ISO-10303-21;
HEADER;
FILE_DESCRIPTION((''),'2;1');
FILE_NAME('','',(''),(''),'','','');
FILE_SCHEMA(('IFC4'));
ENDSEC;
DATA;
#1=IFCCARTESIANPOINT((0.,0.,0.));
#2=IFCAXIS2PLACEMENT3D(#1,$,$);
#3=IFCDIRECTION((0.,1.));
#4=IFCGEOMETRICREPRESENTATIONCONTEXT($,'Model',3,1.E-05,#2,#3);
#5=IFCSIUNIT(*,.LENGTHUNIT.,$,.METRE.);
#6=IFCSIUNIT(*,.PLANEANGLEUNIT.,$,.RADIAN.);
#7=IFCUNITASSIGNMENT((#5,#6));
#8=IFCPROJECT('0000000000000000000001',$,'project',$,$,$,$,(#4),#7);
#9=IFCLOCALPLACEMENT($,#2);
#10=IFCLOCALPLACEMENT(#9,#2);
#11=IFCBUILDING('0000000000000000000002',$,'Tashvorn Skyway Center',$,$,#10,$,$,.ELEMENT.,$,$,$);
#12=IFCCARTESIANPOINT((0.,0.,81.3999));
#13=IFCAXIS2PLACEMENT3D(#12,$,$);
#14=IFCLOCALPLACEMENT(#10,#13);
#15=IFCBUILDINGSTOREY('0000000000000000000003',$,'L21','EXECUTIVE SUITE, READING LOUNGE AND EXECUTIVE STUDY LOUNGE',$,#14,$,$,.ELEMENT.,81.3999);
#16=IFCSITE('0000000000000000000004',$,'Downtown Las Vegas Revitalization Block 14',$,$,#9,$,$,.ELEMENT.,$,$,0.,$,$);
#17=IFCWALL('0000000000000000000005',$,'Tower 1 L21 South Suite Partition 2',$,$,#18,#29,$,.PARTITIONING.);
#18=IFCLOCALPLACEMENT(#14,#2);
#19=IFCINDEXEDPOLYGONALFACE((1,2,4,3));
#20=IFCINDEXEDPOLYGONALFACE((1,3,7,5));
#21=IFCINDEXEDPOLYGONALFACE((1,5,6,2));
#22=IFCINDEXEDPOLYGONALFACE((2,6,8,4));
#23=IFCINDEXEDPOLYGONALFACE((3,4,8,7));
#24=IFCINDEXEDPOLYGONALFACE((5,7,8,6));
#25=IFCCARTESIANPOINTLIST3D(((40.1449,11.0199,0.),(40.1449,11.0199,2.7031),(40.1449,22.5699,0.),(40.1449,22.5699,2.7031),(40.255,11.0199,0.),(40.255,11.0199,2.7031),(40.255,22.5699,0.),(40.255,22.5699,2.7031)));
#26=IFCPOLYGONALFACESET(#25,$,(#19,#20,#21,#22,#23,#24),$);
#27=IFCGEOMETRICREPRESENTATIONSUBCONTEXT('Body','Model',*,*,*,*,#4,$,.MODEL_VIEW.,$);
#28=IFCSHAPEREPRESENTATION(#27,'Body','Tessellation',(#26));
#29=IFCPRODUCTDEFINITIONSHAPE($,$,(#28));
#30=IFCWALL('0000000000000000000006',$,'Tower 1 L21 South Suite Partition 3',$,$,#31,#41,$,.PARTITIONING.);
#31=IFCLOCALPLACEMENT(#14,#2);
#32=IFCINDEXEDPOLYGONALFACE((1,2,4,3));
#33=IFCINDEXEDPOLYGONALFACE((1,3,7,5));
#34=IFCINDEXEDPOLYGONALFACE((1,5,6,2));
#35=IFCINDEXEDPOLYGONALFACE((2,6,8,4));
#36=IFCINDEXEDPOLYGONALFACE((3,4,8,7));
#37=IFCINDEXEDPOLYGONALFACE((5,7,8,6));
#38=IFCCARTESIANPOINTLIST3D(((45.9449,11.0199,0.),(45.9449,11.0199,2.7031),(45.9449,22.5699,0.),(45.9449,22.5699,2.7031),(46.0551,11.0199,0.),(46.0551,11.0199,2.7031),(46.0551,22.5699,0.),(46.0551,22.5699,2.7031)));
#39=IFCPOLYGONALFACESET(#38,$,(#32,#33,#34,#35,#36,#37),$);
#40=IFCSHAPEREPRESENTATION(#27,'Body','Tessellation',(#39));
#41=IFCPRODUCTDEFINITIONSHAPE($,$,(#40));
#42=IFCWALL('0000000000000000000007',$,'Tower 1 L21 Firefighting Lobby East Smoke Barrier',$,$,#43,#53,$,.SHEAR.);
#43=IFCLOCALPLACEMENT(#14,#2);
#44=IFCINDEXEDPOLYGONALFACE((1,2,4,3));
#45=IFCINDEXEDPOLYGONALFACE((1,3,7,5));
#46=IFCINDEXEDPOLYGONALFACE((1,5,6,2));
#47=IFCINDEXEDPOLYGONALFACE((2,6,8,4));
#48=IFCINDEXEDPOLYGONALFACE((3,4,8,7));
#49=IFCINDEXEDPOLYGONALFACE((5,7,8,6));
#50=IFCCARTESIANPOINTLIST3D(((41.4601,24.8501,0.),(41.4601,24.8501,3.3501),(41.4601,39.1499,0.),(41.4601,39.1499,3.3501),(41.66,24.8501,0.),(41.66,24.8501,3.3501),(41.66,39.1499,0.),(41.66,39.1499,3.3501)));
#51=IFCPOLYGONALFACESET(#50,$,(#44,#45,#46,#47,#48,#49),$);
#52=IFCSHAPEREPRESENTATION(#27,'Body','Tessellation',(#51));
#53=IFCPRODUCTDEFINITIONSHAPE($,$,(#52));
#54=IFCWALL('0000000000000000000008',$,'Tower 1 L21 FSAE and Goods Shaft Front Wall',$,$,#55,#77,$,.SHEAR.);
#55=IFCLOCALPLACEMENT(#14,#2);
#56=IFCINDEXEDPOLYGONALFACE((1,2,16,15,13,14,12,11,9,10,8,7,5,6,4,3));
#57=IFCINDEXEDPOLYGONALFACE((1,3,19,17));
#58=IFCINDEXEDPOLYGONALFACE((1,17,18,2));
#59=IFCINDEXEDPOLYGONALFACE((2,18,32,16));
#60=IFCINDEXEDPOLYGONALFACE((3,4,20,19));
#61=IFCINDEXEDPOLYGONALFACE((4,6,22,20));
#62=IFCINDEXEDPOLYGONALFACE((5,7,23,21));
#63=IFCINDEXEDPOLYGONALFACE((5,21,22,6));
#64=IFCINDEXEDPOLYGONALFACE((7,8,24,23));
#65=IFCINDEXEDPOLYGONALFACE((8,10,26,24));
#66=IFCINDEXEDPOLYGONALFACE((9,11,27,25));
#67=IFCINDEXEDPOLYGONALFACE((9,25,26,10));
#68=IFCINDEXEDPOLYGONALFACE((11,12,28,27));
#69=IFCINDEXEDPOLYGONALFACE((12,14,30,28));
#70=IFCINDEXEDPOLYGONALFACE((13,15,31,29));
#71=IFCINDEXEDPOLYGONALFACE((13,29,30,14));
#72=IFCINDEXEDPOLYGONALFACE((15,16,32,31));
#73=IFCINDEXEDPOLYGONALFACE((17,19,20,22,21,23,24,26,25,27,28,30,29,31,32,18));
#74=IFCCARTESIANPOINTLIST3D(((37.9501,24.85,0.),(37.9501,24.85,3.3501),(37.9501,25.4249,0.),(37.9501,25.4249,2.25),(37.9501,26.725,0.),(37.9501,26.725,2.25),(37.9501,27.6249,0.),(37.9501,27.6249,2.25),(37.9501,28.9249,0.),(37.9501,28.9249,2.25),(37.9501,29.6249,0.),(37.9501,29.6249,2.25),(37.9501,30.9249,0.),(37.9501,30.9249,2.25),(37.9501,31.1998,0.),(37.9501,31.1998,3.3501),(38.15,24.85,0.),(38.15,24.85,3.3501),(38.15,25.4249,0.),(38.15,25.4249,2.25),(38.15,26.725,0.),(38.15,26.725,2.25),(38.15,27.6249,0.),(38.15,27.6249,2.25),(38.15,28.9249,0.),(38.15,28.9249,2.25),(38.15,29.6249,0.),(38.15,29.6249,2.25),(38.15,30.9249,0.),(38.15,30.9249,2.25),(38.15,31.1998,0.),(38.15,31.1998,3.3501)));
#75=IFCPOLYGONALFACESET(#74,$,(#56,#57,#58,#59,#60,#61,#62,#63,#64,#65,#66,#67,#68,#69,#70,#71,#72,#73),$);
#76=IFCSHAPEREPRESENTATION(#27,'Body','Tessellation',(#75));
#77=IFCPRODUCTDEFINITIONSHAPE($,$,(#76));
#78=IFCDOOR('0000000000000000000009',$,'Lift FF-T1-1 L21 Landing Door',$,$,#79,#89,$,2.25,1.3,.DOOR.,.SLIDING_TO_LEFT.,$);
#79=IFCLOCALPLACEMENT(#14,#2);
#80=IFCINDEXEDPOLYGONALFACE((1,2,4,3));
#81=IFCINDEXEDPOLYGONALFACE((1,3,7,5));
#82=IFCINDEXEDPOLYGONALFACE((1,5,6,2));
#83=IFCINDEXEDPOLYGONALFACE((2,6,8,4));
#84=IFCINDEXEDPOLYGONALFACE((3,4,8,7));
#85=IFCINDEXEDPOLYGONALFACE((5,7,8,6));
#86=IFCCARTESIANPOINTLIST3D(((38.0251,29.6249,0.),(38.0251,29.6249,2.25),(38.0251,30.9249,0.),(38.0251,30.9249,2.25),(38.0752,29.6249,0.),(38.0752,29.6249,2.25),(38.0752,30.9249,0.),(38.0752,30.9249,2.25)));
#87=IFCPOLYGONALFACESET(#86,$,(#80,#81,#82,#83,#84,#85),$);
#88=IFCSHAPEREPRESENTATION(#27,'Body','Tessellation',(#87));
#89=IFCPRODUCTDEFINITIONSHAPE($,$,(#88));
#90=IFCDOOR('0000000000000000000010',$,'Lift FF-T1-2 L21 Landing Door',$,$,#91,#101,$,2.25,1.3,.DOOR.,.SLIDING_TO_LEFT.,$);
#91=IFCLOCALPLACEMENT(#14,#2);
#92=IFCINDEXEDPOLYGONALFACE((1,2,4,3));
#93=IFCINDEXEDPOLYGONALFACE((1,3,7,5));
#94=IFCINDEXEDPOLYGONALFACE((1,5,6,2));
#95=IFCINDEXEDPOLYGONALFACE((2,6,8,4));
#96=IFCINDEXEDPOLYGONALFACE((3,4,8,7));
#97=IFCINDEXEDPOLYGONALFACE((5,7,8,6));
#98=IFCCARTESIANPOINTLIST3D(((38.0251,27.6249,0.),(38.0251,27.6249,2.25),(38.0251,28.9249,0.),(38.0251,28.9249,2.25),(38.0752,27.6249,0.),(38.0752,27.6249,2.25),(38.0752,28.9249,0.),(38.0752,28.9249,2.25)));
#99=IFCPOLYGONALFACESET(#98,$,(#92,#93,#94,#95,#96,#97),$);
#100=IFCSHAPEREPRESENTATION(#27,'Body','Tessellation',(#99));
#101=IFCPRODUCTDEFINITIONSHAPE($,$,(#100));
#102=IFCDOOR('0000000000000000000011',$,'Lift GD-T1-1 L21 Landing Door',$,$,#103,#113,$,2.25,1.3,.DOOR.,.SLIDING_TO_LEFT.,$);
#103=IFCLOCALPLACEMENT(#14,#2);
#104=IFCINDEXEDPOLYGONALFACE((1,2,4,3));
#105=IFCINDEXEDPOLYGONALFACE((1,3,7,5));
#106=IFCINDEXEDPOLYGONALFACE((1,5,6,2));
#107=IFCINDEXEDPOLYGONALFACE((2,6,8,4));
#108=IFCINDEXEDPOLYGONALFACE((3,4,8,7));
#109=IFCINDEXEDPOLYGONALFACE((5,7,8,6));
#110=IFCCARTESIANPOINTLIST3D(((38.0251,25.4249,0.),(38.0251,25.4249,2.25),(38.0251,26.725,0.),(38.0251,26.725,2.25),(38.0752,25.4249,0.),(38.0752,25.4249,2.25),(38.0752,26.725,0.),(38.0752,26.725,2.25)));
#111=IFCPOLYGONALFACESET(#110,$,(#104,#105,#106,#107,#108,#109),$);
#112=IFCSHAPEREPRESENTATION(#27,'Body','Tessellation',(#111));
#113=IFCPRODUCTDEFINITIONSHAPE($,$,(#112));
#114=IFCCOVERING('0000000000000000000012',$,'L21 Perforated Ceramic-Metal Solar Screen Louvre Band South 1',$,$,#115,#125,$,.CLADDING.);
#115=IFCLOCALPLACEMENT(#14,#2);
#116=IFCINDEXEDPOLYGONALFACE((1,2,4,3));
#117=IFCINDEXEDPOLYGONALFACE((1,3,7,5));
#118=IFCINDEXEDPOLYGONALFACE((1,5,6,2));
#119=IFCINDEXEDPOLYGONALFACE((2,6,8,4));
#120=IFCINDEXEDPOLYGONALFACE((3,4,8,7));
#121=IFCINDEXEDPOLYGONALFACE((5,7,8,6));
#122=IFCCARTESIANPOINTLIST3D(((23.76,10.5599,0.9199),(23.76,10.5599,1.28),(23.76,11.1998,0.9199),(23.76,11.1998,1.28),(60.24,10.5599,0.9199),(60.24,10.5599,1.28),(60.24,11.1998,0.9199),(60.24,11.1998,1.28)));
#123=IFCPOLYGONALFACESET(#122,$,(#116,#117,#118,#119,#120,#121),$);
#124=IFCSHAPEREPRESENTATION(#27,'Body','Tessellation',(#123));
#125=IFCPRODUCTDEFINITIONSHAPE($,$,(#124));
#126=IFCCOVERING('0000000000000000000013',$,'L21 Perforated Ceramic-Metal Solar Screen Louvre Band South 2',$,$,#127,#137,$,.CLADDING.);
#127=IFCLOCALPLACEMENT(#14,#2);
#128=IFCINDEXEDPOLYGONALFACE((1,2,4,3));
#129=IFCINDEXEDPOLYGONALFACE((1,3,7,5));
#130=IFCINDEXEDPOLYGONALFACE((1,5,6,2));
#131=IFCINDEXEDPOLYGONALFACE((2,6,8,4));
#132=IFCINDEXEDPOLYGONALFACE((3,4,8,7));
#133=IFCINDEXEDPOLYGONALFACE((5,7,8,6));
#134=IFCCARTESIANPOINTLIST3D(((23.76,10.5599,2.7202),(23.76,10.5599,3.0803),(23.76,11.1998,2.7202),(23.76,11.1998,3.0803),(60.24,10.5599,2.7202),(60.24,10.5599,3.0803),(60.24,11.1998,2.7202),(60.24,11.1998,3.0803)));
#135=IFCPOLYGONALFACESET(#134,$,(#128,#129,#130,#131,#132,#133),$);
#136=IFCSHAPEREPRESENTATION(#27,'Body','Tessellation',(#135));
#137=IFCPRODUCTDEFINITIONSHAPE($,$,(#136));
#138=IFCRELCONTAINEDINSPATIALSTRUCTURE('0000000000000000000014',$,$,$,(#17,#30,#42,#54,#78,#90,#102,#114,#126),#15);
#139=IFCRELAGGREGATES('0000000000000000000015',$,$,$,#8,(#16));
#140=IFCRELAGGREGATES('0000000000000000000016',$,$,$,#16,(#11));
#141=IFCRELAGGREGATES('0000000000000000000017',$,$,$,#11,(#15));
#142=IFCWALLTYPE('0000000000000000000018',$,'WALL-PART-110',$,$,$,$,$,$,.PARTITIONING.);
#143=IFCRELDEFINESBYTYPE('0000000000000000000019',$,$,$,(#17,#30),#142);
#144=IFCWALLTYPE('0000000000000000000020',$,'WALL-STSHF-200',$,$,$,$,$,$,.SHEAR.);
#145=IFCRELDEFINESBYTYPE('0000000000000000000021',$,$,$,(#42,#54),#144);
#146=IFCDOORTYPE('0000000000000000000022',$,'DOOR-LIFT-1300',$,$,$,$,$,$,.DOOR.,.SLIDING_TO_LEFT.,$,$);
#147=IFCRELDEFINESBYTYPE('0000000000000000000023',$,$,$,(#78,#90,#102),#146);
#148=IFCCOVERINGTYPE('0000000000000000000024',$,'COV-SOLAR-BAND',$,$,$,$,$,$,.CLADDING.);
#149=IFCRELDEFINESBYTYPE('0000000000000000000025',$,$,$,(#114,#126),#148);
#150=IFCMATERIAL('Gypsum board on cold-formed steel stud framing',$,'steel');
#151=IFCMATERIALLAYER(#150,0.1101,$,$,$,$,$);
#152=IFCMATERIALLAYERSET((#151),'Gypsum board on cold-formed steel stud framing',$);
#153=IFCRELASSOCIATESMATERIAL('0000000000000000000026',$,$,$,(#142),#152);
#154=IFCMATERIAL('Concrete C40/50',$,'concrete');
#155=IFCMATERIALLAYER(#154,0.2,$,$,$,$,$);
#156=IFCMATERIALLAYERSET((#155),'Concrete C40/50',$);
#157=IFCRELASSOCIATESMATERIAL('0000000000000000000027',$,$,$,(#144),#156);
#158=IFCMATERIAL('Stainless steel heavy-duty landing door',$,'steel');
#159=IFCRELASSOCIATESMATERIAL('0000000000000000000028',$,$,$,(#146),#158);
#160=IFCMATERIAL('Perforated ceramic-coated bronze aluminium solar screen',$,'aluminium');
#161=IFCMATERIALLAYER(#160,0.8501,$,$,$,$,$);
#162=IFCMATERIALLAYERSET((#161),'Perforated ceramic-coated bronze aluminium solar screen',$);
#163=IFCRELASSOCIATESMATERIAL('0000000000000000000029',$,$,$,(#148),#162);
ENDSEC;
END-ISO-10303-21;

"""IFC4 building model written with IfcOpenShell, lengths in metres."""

from ifc_helpers import new_model, si_unit, direction, frame, frame_2d, origin, origin_2d, place, context, subcontext, project, spatial, rectangle, extrude, material, layer, layer_set, type_object, element, fill, save


model = new_model("IFC4")

# Units and contexts
model_context = context("Model", 3, precision=1e-05, world=origin(), true_north=direction((0.0, 1.0)))
body_context = subcontext(model_context, "Body", "Model", "MODEL_VIEW")
ifc_project = project(units=[si_unit("LENGTHUNIT", "METRE"), si_unit("PLANEANGLEUNIT", "RADIAN")], contexts=[model_context])

# Site, building, storey
site_placement = place(None, origin())
site = spatial("IfcSite", under=ifc_project, at=site_placement, Name="Downtown Las Vegas Revitalization Block 14", CompositionType="ELEMENT", RefElevation=0.0)
building_placement = place(site_placement, origin())
building = spatial("IfcBuilding", under=site, at=building_placement, Name="Tashvorn Skyway Center", CompositionType="ELEMENT")
storey_placement = place(building_placement, frame((0.0, 0.0, 81.3999)))
storey = spatial("IfcBuildingStorey", under=building, at=storey_placement, Name="L21", Description="EXECUTIVE SUITE, READING LOUNGE AND EXECUTIVE STUDY LOUNGE", CompositionType="ELEMENT", Elevation=81.3999)

# Walls
ifc_material_1 = material(Name="Gypsum board on cold-formed steel stud framing", Category="steel")
ifc_layer_1 = layer(ifc_material_1, 0.1101)
ifc_layer_set_1 = layer_set([ifc_layer_1], Name="Gypsum board on cold-formed steel stud framing")
wall_type_1 = type_object("IfcWallType", Name="WALL-PART-110", PredefinedType="PARTITIONING", material=ifc_layer_set_1)
for number, where, z_axis, x_axis, name in (
    (1, (40.2, 11.02, 0.0), (0.0, 0.0, 1.0), (0.0, 1.0, 0.0), "Tower 1 L21 South Suite Partition 2"),
    (2, (46.0, 11.02, 0.0), (0.0, 0.0, 1.0), (0.0, 1.0, 0.0), "Tower 1 L21 South Suite Partition 3"),
):
    element("IfcWall", number, at=place(storey_placement, frame(where, z_axis=z_axis, x_axis=x_axis)), inside=storey, type_object=wall_type_1, Name=name, PredefinedType="PARTITIONING", context=body_context, shape_type="SweptSolid", body=[
        extrude(rectangle(XDim=11.55, YDim=0.1101, at=frame_2d((5.7749, 0.0))), origin(), (0.0, 0.0, 1.0), 2.7031),
    ])
ifc_material_2 = material(Name="Concrete C40/50", Category="concrete")
ifc_layer_2 = layer(ifc_material_2, 0.2)
ifc_layer_set_2 = layer_set([ifc_layer_2], Name="Concrete C40/50")
wall_type_2 = type_object("IfcWallType", Name="WALL-STSHF-200", PredefinedType="SHEAR", material=ifc_layer_set_2)
wall_1_placement = place(storey_placement, frame((41.5601, 24.8501, 0.0), z_axis=(0.0, 0.0, 1.0), x_axis=(0.0, 1.0, 0.0)))
element("IfcWall", 3, at=wall_1_placement, inside=storey, type_object=wall_type_2, Name="Tower 1 L21 Firefighting Lobby East Smoke Barrier", PredefinedType="SHEAR", context=body_context, shape_type="SweptSolid", body=[
    extrude(rectangle(XDim=14.2998, YDim=0.2, at=frame_2d((7.1499, 0.0))), origin(), (0.0, 0.0, 1.0), 3.3501),
])

# Wall, openings, doors
wall_2_placement = place(storey_placement, frame((38.05, 24.8501, 0.0), z_axis=(0.0, 0.0, 1.0), x_axis=(0.0, 1.0, 0.0)))
wall_2 = element("IfcWall", 4, at=wall_2_placement, inside=storey, type_object=wall_type_2, Name="Tower 1 L21 FSAE and Goods Shaft Front Wall", PredefinedType="SHEAR", context=body_context, shape_type="SweptSolid", body=[
    extrude(rectangle(XDim=6.3499, YDim=0.2, at=frame_2d((3.1748, 0.0))), origin(), (0.0, 0.0, 1.0), 3.3501),
])
opening_1_placement = place(wall_2_placement, frame((4.7749, 0.0, 0.0)))
opening_1 = element("IfcOpeningElement", 5, at=opening_1_placement, cuts=wall_2, PredefinedType="OPENING", context=body_context, shape_type="SweptSolid", body=[
    extrude(rectangle(XDim=1.3, YDim=2.25, at=frame_2d((0.6499, 1.125))), frame((0.0, 0.1099, 0.0), z_axis=(0.0, -1.0, 0.0), x_axis=(1.0, 0.0, 0.0)), (0.0, 0.0, 1.0), 0.22),
])
opening_2_placement = place(wall_2_placement, frame((2.7749, 0.0, 0.0)))
opening_2 = element("IfcOpeningElement", 6, at=opening_2_placement, cuts=wall_2, PredefinedType="OPENING", context=body_context, shape_type="SweptSolid", body=[
    extrude(rectangle(XDim=1.3, YDim=2.25, at=frame_2d((0.6499, 1.125))), frame((0.0, 0.1099, 0.0), z_axis=(0.0, -1.0, 0.0), x_axis=(1.0, 0.0, 0.0)), (0.0, 0.0, 1.0), 0.22),
])
opening_3_placement = place(wall_2_placement, frame((0.575, 0.0, 0.0)))
opening_3 = element("IfcOpeningElement", 7, at=opening_3_placement, cuts=wall_2, PredefinedType="OPENING", context=body_context, shape_type="SweptSolid", body=[
    extrude(rectangle(XDim=1.3, YDim=2.25, at=frame_2d((0.6499, 1.125))), frame((0.0, 0.1099, 0.0), z_axis=(0.0, -1.0, 0.0), x_axis=(1.0, 0.0, 0.0)), (0.0, 0.0, 1.0), 0.22),
])
ifc_material_3 = material(Name="Stainless steel heavy-duty landing door", Category="steel")
door_type = type_object("IfcDoorType", Name="DOOR-LIFT-1300", OperationType="SLIDING_TO_LEFT", PredefinedType="DOOR", material=ifc_material_3)
door_1_placement = place(opening_1_placement, origin())
door_1 = element("IfcDoor", 8, at=door_1_placement, inside=storey, type_object=door_type, Name="Lift FF-T1-1 L21 Landing Door", OperationType="SLIDING_TO_LEFT", OverallHeight=2.25, OverallWidth=1.3, PredefinedType="DOOR", context=body_context, shape_type="SweptSolid", body=[
    extrude(rectangle(XDim=1.3, YDim=2.25, at=frame_2d((0.6499, 1.125))), frame((0.0, 0.0249, 0.0), z_axis=(0.0, -1.0, 0.0), x_axis=(1.0, 0.0, 0.0)), (0.0, 0.0, 1.0), 0.05),
])
fill(opening_1, door_1)
door_2_placement = place(opening_2_placement, origin())
door_2 = element("IfcDoor", 9, at=door_2_placement, inside=storey, type_object=door_type, Name="Lift FF-T1-2 L21 Landing Door", OperationType="SLIDING_TO_LEFT", OverallHeight=2.25, OverallWidth=1.3, PredefinedType="DOOR", context=body_context, shape_type="SweptSolid", body=[
    extrude(rectangle(XDim=1.3, YDim=2.25, at=frame_2d((0.6499, 1.125))), frame((0.0, 0.0249, 0.0), z_axis=(0.0, -1.0, 0.0), x_axis=(1.0, 0.0, 0.0)), (0.0, 0.0, 1.0), 0.05),
])
fill(opening_2, door_2)
door_3_placement = place(opening_3_placement, origin())
door_3 = element("IfcDoor", 10, at=door_3_placement, inside=storey, type_object=door_type, Name="Lift GD-T1-1 L21 Landing Door", OperationType="SLIDING_TO_LEFT", OverallHeight=2.25, OverallWidth=1.3, PredefinedType="DOOR", context=body_context, shape_type="SweptSolid", body=[
    extrude(rectangle(XDim=1.3, YDim=2.25, at=frame_2d((0.6499, 1.125))), frame((0.0, 0.0249, 0.0), z_axis=(0.0, -1.0, 0.0), x_axis=(1.0, 0.0, 0.0)), (0.0, 0.0, 1.0), 0.05),
])
fill(opening_3, door_3)

# Coverings
ifc_material_4 = material(Name="Perforated ceramic-coated bronze aluminium solar screen", Category="aluminium")
ifc_layer_3 = layer(ifc_material_4, 0.8501)
ifc_layer_set_3 = layer_set([ifc_layer_3], Name="Perforated ceramic-coated bronze aluminium solar screen")
covering_type = type_object("IfcCoveringType", Name="COV-SOLAR-BAND", PredefinedType="CLADDING", material=ifc_layer_set_3)
for number, where, z_axis, x_axis, name in (
    (11, (42.0, 10.8799, 0.9199), (0.0, 0.0, 1.0), (-1.0, 0.0, 0.0), "L21 Perforated Ceramic-Metal Solar Screen Louvre Band South 1"),
    (12, (42.0, 10.8799, 2.7202), (0.0, 0.0, 1.0), (-1.0, 0.0, 0.0), "L21 Perforated Ceramic-Metal Solar Screen Louvre Band South 2"),
):
    element("IfcCovering", number, at=place(storey_placement, frame(where, z_axis=z_axis, x_axis=x_axis)), inside=storey, type_object=covering_type, Name=name, PredefinedType="CLADDING", context=body_context, shape_type="SweptSolid", body=[
        extrude(rectangle(XDim=36.48, YDim=0.6399, at=origin_2d()), origin(), (0.0, 0.0, 1.0), 0.3601),
    ])

save(model, "model.ifc")
